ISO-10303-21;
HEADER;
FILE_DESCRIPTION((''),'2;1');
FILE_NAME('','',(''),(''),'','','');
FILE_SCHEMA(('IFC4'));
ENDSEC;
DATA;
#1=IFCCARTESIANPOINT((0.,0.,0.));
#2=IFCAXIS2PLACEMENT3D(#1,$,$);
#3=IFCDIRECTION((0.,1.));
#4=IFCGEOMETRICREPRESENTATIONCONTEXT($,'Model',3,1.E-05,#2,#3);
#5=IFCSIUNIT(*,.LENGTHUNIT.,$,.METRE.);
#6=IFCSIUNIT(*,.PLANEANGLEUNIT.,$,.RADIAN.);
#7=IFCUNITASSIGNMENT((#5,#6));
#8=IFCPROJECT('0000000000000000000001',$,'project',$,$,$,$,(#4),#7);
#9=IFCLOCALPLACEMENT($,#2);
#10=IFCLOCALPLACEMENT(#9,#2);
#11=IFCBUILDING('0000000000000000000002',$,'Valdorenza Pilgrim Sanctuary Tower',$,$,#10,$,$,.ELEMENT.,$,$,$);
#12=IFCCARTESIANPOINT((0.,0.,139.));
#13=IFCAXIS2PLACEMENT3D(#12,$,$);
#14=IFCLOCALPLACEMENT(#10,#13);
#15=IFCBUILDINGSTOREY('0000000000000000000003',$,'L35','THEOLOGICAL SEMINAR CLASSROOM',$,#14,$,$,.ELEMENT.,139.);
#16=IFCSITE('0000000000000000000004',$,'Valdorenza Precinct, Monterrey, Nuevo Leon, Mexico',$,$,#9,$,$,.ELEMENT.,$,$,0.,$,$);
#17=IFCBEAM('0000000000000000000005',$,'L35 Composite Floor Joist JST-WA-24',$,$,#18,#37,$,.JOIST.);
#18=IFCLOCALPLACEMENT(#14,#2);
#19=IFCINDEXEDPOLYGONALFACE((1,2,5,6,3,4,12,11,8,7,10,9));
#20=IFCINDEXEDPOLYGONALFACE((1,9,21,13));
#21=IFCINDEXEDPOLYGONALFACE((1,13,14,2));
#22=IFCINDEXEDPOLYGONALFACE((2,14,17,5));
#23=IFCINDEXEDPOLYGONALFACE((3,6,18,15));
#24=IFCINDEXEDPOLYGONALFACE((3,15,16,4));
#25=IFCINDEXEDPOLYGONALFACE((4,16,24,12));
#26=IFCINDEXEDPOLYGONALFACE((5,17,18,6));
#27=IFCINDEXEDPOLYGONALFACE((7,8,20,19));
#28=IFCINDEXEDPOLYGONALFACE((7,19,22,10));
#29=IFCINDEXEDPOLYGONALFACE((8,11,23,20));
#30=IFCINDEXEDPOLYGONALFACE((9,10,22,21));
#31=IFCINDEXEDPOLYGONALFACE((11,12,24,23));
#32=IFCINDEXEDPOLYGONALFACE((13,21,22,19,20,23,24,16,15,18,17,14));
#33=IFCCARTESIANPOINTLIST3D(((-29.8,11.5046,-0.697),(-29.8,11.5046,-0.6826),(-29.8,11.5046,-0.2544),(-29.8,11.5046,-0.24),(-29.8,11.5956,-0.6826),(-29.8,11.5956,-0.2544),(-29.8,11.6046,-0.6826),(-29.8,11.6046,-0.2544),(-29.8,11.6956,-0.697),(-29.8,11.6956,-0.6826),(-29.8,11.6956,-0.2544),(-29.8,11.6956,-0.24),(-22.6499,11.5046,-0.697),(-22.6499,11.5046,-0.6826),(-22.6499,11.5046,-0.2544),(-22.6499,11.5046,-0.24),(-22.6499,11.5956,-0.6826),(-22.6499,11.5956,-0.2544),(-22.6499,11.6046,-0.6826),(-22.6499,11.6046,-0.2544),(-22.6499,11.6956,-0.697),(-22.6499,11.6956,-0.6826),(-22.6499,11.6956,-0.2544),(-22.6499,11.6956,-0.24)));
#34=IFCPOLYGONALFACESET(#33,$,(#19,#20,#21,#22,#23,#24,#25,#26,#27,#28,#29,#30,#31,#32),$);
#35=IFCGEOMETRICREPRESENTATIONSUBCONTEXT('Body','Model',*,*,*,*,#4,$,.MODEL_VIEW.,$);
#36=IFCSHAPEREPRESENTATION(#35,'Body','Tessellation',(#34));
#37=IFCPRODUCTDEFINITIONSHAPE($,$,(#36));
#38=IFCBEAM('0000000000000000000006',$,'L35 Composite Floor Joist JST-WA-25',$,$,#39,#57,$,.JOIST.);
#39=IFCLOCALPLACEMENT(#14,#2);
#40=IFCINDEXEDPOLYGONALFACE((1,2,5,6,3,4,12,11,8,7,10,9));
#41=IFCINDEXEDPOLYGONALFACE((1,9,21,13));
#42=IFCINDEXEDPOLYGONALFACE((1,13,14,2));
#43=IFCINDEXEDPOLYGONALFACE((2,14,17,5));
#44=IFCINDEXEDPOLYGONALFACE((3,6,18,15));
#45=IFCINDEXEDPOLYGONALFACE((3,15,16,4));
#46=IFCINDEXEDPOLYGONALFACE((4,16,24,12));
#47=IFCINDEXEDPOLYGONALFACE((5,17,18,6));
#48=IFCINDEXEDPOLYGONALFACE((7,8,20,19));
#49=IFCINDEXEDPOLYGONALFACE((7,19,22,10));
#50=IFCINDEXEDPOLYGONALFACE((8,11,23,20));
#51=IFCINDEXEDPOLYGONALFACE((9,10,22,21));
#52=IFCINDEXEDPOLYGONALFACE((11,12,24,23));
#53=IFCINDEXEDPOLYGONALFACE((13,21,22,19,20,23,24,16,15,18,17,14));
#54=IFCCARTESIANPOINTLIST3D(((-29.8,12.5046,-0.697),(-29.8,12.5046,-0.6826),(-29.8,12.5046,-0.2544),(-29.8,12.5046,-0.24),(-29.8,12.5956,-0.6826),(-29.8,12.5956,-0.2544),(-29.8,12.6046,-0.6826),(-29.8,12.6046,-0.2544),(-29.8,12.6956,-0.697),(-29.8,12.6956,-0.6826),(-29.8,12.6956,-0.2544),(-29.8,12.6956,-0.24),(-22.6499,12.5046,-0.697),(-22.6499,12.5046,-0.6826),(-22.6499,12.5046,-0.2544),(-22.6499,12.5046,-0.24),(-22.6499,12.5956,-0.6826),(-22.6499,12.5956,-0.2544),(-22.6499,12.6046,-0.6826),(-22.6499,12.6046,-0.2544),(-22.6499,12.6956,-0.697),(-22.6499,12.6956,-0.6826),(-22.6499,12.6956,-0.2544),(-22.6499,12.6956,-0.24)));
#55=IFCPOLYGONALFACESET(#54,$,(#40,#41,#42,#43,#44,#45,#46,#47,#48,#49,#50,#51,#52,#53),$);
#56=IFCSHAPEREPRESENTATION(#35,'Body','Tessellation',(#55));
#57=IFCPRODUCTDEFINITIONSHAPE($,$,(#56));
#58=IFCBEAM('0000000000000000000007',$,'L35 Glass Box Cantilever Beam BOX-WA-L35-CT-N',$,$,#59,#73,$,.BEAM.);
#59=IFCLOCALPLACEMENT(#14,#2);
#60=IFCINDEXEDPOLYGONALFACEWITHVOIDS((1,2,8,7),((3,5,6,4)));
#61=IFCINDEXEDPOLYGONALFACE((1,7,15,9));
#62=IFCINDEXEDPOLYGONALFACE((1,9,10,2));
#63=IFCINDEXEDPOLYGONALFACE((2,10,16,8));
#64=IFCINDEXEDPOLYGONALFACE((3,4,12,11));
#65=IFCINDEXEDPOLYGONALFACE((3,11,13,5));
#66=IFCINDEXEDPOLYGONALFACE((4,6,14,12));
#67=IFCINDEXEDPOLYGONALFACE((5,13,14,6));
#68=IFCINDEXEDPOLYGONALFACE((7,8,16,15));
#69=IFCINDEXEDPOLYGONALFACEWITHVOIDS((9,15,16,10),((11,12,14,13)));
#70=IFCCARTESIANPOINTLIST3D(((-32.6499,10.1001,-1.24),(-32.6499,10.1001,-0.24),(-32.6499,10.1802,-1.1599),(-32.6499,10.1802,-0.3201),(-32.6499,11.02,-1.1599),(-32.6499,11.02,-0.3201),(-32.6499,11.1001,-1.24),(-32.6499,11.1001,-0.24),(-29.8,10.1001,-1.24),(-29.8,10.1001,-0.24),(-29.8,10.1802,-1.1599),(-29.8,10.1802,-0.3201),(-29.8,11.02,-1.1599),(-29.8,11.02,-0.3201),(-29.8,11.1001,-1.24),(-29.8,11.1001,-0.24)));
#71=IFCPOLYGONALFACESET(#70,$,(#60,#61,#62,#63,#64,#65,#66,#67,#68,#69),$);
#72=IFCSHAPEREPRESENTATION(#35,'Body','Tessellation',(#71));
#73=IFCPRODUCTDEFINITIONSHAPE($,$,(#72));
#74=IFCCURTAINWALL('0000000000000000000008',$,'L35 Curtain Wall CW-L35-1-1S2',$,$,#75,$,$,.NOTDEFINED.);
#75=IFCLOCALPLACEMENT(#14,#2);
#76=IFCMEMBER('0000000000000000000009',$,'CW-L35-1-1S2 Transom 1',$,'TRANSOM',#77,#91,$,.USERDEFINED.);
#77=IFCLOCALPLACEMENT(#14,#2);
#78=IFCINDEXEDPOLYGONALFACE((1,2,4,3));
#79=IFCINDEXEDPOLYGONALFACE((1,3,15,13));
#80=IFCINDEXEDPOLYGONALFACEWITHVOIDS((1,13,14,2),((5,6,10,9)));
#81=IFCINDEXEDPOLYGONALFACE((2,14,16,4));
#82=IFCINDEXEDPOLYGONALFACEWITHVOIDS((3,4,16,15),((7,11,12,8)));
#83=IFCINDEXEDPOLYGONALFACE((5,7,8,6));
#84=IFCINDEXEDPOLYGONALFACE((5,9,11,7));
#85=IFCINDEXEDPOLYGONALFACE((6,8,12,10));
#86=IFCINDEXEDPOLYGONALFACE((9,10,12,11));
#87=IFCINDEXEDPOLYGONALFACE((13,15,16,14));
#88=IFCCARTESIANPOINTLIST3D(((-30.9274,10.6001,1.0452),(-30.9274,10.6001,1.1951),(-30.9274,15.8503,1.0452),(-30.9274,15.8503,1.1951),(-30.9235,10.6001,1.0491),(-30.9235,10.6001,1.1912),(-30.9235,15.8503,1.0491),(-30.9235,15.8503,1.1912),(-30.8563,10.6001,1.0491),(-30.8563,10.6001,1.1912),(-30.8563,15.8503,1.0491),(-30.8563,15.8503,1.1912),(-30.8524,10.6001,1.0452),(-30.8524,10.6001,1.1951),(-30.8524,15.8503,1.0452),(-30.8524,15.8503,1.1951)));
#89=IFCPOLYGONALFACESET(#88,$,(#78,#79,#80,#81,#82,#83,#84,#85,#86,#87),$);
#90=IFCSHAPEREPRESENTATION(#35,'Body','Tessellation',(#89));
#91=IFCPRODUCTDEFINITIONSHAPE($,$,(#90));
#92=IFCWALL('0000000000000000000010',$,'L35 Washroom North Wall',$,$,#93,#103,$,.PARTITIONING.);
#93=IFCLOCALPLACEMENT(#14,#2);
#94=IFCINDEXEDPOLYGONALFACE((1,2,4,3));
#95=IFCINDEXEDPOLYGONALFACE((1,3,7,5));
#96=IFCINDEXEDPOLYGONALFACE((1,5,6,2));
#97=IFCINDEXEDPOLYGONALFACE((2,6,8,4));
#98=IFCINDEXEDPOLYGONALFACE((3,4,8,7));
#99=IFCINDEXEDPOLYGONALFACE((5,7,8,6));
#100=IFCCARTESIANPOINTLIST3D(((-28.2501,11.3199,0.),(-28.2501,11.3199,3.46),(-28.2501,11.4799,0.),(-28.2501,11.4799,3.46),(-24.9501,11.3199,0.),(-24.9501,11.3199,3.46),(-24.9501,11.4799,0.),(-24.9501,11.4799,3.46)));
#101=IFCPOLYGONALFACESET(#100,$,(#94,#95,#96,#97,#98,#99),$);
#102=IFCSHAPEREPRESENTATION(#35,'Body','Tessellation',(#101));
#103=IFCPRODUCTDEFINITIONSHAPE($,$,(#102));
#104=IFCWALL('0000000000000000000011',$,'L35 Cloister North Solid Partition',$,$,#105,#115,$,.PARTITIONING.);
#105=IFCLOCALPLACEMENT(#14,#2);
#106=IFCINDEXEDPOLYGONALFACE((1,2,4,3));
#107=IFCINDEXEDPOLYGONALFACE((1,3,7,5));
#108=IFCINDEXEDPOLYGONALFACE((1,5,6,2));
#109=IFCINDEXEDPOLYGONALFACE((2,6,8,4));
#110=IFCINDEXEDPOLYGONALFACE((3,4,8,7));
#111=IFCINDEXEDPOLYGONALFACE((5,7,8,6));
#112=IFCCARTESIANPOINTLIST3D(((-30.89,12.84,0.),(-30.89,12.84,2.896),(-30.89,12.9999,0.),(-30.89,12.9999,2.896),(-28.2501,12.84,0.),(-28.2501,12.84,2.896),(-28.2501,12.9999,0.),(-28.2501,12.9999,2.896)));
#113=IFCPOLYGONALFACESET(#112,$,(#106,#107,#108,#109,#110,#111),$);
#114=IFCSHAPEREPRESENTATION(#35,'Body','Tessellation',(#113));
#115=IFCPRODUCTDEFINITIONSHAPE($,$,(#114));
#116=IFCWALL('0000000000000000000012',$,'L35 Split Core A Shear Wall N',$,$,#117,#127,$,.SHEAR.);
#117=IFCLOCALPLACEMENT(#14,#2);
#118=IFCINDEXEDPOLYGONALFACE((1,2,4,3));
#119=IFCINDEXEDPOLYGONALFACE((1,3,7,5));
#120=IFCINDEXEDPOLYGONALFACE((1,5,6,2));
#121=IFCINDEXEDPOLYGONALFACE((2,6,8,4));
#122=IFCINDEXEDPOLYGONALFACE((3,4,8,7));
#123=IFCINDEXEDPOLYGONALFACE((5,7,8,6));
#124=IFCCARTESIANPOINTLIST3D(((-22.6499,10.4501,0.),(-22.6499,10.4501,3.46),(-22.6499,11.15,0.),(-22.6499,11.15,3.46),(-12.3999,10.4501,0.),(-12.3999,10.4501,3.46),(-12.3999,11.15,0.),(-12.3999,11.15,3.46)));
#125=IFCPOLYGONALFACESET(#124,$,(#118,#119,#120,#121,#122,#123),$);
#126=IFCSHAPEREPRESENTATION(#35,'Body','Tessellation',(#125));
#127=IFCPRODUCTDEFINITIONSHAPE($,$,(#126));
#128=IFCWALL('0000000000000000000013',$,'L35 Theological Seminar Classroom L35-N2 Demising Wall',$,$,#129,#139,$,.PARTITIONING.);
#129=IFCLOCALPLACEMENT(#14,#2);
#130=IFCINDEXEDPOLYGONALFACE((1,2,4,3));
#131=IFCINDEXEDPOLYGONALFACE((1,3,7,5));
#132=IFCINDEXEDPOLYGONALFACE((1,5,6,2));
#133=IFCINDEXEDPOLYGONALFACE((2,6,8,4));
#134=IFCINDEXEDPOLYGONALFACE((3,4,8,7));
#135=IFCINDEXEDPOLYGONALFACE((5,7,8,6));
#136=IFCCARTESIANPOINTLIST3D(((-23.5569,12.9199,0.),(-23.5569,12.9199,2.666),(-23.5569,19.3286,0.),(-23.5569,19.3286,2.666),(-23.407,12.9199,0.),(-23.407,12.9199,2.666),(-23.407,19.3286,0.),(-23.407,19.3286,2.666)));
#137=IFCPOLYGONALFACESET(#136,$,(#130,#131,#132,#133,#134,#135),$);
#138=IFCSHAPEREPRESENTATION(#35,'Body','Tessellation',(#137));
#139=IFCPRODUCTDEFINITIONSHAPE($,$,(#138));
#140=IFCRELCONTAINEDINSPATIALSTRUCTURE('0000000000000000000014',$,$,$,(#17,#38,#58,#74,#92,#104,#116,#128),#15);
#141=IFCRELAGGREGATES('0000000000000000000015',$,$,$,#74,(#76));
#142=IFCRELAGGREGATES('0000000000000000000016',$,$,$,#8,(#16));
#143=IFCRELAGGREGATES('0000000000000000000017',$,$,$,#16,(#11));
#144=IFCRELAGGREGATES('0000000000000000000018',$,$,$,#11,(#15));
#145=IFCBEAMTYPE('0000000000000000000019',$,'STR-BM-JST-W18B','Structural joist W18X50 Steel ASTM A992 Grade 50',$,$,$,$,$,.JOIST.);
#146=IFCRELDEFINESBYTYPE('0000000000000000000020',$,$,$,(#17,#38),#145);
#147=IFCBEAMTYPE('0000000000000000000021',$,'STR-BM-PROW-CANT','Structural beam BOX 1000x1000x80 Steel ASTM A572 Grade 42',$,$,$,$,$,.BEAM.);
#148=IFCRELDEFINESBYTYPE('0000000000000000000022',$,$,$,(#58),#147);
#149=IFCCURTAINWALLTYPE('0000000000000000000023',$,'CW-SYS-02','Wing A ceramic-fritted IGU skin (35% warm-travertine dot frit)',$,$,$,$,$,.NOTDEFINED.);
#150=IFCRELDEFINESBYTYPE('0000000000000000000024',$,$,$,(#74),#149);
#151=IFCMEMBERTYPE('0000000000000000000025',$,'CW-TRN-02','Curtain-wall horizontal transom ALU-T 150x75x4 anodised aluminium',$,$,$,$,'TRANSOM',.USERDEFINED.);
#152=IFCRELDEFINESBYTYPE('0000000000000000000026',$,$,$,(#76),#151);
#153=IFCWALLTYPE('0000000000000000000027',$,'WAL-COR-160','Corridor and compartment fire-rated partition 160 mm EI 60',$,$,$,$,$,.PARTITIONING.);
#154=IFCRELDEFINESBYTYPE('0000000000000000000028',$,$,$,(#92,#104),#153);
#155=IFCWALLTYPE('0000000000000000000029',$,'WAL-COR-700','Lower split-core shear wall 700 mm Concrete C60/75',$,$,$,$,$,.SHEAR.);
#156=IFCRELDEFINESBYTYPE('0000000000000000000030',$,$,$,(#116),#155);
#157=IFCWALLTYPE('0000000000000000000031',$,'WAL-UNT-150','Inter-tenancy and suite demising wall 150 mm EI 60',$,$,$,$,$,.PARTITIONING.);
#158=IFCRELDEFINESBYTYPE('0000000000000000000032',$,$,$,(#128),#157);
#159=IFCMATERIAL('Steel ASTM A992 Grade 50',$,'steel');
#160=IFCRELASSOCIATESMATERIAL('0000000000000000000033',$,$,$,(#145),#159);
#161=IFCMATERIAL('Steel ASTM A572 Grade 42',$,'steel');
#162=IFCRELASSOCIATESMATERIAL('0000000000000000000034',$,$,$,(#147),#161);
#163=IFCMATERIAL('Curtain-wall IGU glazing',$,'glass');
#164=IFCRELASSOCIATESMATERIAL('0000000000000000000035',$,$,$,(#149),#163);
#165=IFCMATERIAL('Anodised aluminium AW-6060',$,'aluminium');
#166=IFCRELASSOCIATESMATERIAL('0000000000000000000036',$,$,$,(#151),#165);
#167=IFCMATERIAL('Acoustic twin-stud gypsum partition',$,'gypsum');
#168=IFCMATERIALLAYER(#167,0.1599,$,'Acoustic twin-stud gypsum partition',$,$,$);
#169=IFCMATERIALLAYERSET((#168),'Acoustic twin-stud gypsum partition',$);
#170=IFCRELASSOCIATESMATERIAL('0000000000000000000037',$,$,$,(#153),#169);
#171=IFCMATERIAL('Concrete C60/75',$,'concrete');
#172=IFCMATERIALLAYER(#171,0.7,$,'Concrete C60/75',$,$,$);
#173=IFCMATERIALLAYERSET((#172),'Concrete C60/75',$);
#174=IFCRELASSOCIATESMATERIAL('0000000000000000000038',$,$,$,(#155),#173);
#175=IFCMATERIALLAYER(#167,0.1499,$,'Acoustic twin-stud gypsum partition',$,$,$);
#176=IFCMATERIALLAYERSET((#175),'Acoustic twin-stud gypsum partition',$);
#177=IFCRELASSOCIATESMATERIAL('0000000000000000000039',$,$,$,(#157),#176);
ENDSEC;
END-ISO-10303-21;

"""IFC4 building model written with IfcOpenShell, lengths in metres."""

from ifc_helpers import new_model, si_unit, direction, frame, frame_2d, origin, origin_2d, place, context, subcontext, project, spatial, rectangle, hollow_rectangle, i_section, extrude, source, transform, mapped, material, layer, layer_set, material_profile, profile_set, type_object, element, aggregate, save


model = new_model("IFC4")

# Units and contexts
model_context = context("Model", 3, precision=1e-05, world=origin(), true_north=direction((0.0, 1.0)))
body_context = subcontext(model_context, "Body", "Model", "MODEL_VIEW")
ifc_project = project(units=[si_unit("LENGTHUNIT", "METRE"), si_unit("PLANEANGLEUNIT", "RADIAN")], contexts=[model_context])

# Site, building, storey
site_placement = place(None, origin())
site = spatial("IfcSite", under=ifc_project, at=site_placement, Name="Valdorenza Precinct, Monterrey, Nuevo Leon, Mexico", CompositionType="ELEMENT", RefElevation=0.0)
building_placement = place(site_placement, origin())
building = spatial("IfcBuilding", under=site, at=building_placement, Name="Valdorenza Pilgrim Sanctuary Tower", CompositionType="ELEMENT")
storey_placement = place(building_placement, frame((0.0, 0.0, 139.0)))
storey = spatial("IfcBuildingStorey", under=building, at=storey_placement, Name="L35", Description="THEOLOGICAL SEMINAR CLASSROOM", CompositionType="ELEMENT", Elevation=139.0)

# Shared definitions
ifc_material_1 = material(Name="Concrete C60/75", Category="concrete")

# Beams
ifc_material_2 = material(Name="Steel ASTM A992 Grade 50", Category="steel")
ifc_material_profile_1 = material_profile(ifc_material_2, i_section(OverallWidth=0.1909, OverallDepth=0.457, WebThickness=0.009, FlangeThickness=0.0144, at=origin_2d()), Name="W18X50")
ifc_profile_set_1 = profile_set([ifc_material_profile_1], Name="Steel ASTM A992 Grade 50")
beam_type_1 = type_object("IfcBeamType", Name="STR-BM-JST-W18B", Description="Structural joist W18X50 Steel ASTM A992 Grade 50", PredefinedType="JOIST", material=ifc_profile_set_1)
shared_shape_1 = source(origin(), body_context, "Body", "SweptSolid", [
    extrude(i_section(OverallWidth=0.1909, OverallDepth=0.457, WebThickness=0.009, FlangeThickness=0.0144, at=origin_2d()), origin(), (0.0, 0.0, 1.0), 7.1501),
])
for number, where, z_axis, x_axis, name in (
    (1, (-29.8, 11.6001, -0.4685), (1.0, 0.0, 0.0), (0.0, 1.0, 0.0), "L35 Composite Floor Joist JST-WA-24"),
    (2, (-29.8, 12.6001, -0.4685), (1.0, 0.0, 0.0), (0.0, 1.0, 0.0), "L35 Composite Floor Joist JST-WA-25"),
):
    element("IfcBeam", number, at=place(storey_placement, frame(where, z_axis=z_axis, x_axis=x_axis)), inside=storey, type_object=beam_type_1, Name=name, PredefinedType="JOIST", context=body_context, shape_type="MappedRepresentation", body=[
        mapped(shared_shape_1, transform((0.0, 0.0, 0.0), x_axis=(1.0, 0.0, 0.0), y_axis=(0.0, 1.0, 0.0), z_axis=(0.0, 0.0, 1.0), scale=1.0)),
    ])
ifc_material_3 = material(Name="Steel ASTM A572 Grade 42", Category="steel")
ifc_material_profile_2 = material_profile(ifc_material_3, hollow_rectangle(XDim=1.0, YDim=1.0, WallThickness=0.0801, at=origin_2d()), Name="BOX 1000x1000x80")
ifc_profile_set_2 = profile_set([ifc_material_profile_2], Name="Steel ASTM A572 Grade 42")
beam_type_2 = type_object("IfcBeamType", Name="STR-BM-PROW-CANT", Description="Structural beam BOX 1000x1000x80 Steel ASTM A572 Grade 42", PredefinedType="BEAM", material=ifc_profile_set_2)
shared_shape_2 = source(origin(), body_context, "Body", "SweptSolid", [
    extrude(hollow_rectangle(XDim=1.0, YDim=1.0, WallThickness=0.0801, at=origin_2d()), origin(), (0.0, 0.0, 1.0), 2.8499),
])
beam_1_placement = place(storey_placement, frame((-29.8, 10.6001, -0.74), z_axis=(-1.0, 0.0, 0.0), x_axis=(0.0, -1.0, 0.0)))
element("IfcBeam", 3, at=beam_1_placement, inside=storey, type_object=beam_type_2, Name="L35 Glass Box Cantilever Beam BOX-WA-L35-CT-N", PredefinedType="BEAM", context=body_context, shape_type="MappedRepresentation", body=[
    mapped(shared_shape_2, transform((0.0, 0.0, 0.0), x_axis=(1.0, 0.0, 0.0), y_axis=(0.0, 1.0, 0.0), z_axis=(0.0, 0.0, 1.0), scale=1.0)),
])

# Curtain wall, member
ifc_material_4 = material(Name="Curtain-wall IGU glazing", Category="glass")
curtain_wall_type = type_object("IfcCurtainWallType", Name="CW-SYS-02", Description="Wing A ceramic-fritted IGU skin (35% warm-travertine dot frit)", PredefinedType="NOTDEFINED", material=ifc_material_4)
curtain_wall_placement = place(storey_placement, origin())
curtain_wall = element("IfcCurtainWall", 4, at=curtain_wall_placement, inside=storey, type_object=curtain_wall_type, Name="L35 Curtain Wall CW-L35-1-1S2", PredefinedType="NOTDEFINED")
ifc_material_5 = material(Name="Anodised aluminium AW-6060", Category="aluminium")
ifc_material_profile_3 = material_profile(ifc_material_5, hollow_rectangle(XDim=0.075, YDim=0.1499, WallThickness=0.0039, at=origin_2d()), Name="ALU-T 150x75x4")
ifc_profile_set_3 = profile_set([ifc_material_profile_3], Name="Anodised aluminium AW-6060")
member_type = type_object("IfcMemberType", Name="CW-TRN-02", Description="Curtain-wall horizontal transom ALU-T 150x75x4 anodised aluminium", ElementType="TRANSOM", PredefinedType="USERDEFINED", material=ifc_profile_set_3)
shared_shape_3 = source(origin(), body_context, "Body", "SweptSolid", [
    extrude(hollow_rectangle(XDim=0.075, YDim=0.1499, WallThickness=0.0039, at=origin_2d()), origin(), (0.0, 0.0, 1.0), 5.2502),
])
member_placement = place(storey_placement, frame((-30.8899, 10.6001, 1.1201), z_axis=(0.0, 1.0, 0.0), x_axis=(-1.0, 0.0, 0.0)))
member = element("IfcMember", 5, at=member_placement, type_object=member_type, Name="CW-L35-1-1S2 Transom 1", ObjectType="TRANSOM", PredefinedType="USERDEFINED", context=body_context, shape_type="MappedRepresentation", body=[
    mapped(shared_shape_3, transform((0.0, 0.0, 0.0), x_axis=(1.0, 0.0, 0.0), y_axis=(0.0, 1.0, 0.0), z_axis=(0.0, 0.0, 1.0), scale=1.0)),
])
aggregate(curtain_wall, [member])

# Walls
ifc_material_6 = material(Name="Acoustic twin-stud gypsum partition", Category="gypsum")
ifc_layer_1 = layer(ifc_material_6, 0.1599, Name="Acoustic twin-stud gypsum partition")
ifc_layer_set_1 = layer_set([ifc_layer_1], Name="Acoustic twin-stud gypsum partition")
wall_type_1 = type_object("IfcWallType", Name="WAL-COR-160", Description="Corridor and compartment fire-rated partition 160 mm EI 60", PredefinedType="PARTITIONING", material=ifc_layer_set_1)
wall_1_placement = place(storey_placement, frame((-28.25, 11.3999, 0.0), z_axis=(0.0, 0.0, 1.0), x_axis=(1.0, 0.0, 0.0)))
element("IfcWall", 6, at=wall_1_placement, inside=storey, type_object=wall_type_1, Name="L35 Washroom North Wall", PredefinedType="PARTITIONING", context=body_context, shape_type="SweptSolid", body=[
    extrude(rectangle(XDim=3.3, YDim=0.1599, at=frame_2d((1.6499, 0.0))), origin(), (0.0, 0.0, 1.0), 3.46),
])
wall_2_placement = place(storey_placement, frame((-30.8899, 12.9199, 0.0), z_axis=(0.0, 0.0, 1.0), x_axis=(1.0, 0.0, 0.0)))
element("IfcWall", 7, at=wall_2_placement, inside=storey, type_object=wall_type_1, Name="L35 Cloister North Solid Partition", PredefinedType="PARTITIONING", context=body_context, shape_type="SweptSolid", body=[
    extrude(rectangle(XDim=2.6399, YDim=0.1599, at=frame_2d((1.3198, 0.0))), origin(), (0.0, 0.0, 1.0), 2.896),
])

# Walls
ifc_layer_2 = layer(ifc_material_1, 0.7, Name="Concrete C60/75")
ifc_layer_set_2 = layer_set([ifc_layer_2], Name="Concrete C60/75")
wall_type_2 = type_object("IfcWallType", Name="WAL-COR-700", Description="Lower split-core shear wall 700 mm Concrete C60/75", PredefinedType="SHEAR", material=ifc_layer_set_2)
wall_3_placement = place(storey_placement, frame((-22.6499, 10.8, 0.0), z_axis=(0.0, 0.0, 1.0), x_axis=(1.0, 0.0, 0.0)))
element("IfcWall", 8, at=wall_3_placement, inside=storey, type_object=wall_type_2, Name="L35 Split Core A Shear Wall N", PredefinedType="SHEAR", context=body_context, shape_type="SweptSolid", body=[
    extrude(rectangle(XDim=10.25, YDim=0.7, at=frame_2d((5.125, 0.0))), origin(), (0.0, 0.0, 1.0), 3.46),
])
ifc_layer_3 = layer(ifc_material_6, 0.1499, Name="Acoustic twin-stud gypsum partition")
ifc_layer_set_3 = layer_set([ifc_layer_3], Name="Acoustic twin-stud gypsum partition")
wall_type_3 = type_object("IfcWallType", Name="WAL-UNT-150", Description="Inter-tenancy and suite demising wall 150 mm EI 60", PredefinedType="PARTITIONING", material=ifc_layer_set_3)
wall_4_placement = place(storey_placement, frame((-23.4819, 12.9199, 0.0), z_axis=(0.0, 0.0, 1.0), x_axis=(0.0, 1.0, 0.0)))
element("IfcWall", 9, at=wall_4_placement, inside=storey, type_object=wall_type_3, Name="L35 Theological Seminar Classroom L35-N2 Demising Wall", PredefinedType="PARTITIONING", context=body_context, shape_type="SweptSolid", body=[
    extrude(rectangle(XDim=6.4087, YDim=0.1499, at=frame_2d((3.2043, 0.0))), origin(), (0.0, 0.0, 1.0), 2.666),
])

save(model, "model.ifc")
